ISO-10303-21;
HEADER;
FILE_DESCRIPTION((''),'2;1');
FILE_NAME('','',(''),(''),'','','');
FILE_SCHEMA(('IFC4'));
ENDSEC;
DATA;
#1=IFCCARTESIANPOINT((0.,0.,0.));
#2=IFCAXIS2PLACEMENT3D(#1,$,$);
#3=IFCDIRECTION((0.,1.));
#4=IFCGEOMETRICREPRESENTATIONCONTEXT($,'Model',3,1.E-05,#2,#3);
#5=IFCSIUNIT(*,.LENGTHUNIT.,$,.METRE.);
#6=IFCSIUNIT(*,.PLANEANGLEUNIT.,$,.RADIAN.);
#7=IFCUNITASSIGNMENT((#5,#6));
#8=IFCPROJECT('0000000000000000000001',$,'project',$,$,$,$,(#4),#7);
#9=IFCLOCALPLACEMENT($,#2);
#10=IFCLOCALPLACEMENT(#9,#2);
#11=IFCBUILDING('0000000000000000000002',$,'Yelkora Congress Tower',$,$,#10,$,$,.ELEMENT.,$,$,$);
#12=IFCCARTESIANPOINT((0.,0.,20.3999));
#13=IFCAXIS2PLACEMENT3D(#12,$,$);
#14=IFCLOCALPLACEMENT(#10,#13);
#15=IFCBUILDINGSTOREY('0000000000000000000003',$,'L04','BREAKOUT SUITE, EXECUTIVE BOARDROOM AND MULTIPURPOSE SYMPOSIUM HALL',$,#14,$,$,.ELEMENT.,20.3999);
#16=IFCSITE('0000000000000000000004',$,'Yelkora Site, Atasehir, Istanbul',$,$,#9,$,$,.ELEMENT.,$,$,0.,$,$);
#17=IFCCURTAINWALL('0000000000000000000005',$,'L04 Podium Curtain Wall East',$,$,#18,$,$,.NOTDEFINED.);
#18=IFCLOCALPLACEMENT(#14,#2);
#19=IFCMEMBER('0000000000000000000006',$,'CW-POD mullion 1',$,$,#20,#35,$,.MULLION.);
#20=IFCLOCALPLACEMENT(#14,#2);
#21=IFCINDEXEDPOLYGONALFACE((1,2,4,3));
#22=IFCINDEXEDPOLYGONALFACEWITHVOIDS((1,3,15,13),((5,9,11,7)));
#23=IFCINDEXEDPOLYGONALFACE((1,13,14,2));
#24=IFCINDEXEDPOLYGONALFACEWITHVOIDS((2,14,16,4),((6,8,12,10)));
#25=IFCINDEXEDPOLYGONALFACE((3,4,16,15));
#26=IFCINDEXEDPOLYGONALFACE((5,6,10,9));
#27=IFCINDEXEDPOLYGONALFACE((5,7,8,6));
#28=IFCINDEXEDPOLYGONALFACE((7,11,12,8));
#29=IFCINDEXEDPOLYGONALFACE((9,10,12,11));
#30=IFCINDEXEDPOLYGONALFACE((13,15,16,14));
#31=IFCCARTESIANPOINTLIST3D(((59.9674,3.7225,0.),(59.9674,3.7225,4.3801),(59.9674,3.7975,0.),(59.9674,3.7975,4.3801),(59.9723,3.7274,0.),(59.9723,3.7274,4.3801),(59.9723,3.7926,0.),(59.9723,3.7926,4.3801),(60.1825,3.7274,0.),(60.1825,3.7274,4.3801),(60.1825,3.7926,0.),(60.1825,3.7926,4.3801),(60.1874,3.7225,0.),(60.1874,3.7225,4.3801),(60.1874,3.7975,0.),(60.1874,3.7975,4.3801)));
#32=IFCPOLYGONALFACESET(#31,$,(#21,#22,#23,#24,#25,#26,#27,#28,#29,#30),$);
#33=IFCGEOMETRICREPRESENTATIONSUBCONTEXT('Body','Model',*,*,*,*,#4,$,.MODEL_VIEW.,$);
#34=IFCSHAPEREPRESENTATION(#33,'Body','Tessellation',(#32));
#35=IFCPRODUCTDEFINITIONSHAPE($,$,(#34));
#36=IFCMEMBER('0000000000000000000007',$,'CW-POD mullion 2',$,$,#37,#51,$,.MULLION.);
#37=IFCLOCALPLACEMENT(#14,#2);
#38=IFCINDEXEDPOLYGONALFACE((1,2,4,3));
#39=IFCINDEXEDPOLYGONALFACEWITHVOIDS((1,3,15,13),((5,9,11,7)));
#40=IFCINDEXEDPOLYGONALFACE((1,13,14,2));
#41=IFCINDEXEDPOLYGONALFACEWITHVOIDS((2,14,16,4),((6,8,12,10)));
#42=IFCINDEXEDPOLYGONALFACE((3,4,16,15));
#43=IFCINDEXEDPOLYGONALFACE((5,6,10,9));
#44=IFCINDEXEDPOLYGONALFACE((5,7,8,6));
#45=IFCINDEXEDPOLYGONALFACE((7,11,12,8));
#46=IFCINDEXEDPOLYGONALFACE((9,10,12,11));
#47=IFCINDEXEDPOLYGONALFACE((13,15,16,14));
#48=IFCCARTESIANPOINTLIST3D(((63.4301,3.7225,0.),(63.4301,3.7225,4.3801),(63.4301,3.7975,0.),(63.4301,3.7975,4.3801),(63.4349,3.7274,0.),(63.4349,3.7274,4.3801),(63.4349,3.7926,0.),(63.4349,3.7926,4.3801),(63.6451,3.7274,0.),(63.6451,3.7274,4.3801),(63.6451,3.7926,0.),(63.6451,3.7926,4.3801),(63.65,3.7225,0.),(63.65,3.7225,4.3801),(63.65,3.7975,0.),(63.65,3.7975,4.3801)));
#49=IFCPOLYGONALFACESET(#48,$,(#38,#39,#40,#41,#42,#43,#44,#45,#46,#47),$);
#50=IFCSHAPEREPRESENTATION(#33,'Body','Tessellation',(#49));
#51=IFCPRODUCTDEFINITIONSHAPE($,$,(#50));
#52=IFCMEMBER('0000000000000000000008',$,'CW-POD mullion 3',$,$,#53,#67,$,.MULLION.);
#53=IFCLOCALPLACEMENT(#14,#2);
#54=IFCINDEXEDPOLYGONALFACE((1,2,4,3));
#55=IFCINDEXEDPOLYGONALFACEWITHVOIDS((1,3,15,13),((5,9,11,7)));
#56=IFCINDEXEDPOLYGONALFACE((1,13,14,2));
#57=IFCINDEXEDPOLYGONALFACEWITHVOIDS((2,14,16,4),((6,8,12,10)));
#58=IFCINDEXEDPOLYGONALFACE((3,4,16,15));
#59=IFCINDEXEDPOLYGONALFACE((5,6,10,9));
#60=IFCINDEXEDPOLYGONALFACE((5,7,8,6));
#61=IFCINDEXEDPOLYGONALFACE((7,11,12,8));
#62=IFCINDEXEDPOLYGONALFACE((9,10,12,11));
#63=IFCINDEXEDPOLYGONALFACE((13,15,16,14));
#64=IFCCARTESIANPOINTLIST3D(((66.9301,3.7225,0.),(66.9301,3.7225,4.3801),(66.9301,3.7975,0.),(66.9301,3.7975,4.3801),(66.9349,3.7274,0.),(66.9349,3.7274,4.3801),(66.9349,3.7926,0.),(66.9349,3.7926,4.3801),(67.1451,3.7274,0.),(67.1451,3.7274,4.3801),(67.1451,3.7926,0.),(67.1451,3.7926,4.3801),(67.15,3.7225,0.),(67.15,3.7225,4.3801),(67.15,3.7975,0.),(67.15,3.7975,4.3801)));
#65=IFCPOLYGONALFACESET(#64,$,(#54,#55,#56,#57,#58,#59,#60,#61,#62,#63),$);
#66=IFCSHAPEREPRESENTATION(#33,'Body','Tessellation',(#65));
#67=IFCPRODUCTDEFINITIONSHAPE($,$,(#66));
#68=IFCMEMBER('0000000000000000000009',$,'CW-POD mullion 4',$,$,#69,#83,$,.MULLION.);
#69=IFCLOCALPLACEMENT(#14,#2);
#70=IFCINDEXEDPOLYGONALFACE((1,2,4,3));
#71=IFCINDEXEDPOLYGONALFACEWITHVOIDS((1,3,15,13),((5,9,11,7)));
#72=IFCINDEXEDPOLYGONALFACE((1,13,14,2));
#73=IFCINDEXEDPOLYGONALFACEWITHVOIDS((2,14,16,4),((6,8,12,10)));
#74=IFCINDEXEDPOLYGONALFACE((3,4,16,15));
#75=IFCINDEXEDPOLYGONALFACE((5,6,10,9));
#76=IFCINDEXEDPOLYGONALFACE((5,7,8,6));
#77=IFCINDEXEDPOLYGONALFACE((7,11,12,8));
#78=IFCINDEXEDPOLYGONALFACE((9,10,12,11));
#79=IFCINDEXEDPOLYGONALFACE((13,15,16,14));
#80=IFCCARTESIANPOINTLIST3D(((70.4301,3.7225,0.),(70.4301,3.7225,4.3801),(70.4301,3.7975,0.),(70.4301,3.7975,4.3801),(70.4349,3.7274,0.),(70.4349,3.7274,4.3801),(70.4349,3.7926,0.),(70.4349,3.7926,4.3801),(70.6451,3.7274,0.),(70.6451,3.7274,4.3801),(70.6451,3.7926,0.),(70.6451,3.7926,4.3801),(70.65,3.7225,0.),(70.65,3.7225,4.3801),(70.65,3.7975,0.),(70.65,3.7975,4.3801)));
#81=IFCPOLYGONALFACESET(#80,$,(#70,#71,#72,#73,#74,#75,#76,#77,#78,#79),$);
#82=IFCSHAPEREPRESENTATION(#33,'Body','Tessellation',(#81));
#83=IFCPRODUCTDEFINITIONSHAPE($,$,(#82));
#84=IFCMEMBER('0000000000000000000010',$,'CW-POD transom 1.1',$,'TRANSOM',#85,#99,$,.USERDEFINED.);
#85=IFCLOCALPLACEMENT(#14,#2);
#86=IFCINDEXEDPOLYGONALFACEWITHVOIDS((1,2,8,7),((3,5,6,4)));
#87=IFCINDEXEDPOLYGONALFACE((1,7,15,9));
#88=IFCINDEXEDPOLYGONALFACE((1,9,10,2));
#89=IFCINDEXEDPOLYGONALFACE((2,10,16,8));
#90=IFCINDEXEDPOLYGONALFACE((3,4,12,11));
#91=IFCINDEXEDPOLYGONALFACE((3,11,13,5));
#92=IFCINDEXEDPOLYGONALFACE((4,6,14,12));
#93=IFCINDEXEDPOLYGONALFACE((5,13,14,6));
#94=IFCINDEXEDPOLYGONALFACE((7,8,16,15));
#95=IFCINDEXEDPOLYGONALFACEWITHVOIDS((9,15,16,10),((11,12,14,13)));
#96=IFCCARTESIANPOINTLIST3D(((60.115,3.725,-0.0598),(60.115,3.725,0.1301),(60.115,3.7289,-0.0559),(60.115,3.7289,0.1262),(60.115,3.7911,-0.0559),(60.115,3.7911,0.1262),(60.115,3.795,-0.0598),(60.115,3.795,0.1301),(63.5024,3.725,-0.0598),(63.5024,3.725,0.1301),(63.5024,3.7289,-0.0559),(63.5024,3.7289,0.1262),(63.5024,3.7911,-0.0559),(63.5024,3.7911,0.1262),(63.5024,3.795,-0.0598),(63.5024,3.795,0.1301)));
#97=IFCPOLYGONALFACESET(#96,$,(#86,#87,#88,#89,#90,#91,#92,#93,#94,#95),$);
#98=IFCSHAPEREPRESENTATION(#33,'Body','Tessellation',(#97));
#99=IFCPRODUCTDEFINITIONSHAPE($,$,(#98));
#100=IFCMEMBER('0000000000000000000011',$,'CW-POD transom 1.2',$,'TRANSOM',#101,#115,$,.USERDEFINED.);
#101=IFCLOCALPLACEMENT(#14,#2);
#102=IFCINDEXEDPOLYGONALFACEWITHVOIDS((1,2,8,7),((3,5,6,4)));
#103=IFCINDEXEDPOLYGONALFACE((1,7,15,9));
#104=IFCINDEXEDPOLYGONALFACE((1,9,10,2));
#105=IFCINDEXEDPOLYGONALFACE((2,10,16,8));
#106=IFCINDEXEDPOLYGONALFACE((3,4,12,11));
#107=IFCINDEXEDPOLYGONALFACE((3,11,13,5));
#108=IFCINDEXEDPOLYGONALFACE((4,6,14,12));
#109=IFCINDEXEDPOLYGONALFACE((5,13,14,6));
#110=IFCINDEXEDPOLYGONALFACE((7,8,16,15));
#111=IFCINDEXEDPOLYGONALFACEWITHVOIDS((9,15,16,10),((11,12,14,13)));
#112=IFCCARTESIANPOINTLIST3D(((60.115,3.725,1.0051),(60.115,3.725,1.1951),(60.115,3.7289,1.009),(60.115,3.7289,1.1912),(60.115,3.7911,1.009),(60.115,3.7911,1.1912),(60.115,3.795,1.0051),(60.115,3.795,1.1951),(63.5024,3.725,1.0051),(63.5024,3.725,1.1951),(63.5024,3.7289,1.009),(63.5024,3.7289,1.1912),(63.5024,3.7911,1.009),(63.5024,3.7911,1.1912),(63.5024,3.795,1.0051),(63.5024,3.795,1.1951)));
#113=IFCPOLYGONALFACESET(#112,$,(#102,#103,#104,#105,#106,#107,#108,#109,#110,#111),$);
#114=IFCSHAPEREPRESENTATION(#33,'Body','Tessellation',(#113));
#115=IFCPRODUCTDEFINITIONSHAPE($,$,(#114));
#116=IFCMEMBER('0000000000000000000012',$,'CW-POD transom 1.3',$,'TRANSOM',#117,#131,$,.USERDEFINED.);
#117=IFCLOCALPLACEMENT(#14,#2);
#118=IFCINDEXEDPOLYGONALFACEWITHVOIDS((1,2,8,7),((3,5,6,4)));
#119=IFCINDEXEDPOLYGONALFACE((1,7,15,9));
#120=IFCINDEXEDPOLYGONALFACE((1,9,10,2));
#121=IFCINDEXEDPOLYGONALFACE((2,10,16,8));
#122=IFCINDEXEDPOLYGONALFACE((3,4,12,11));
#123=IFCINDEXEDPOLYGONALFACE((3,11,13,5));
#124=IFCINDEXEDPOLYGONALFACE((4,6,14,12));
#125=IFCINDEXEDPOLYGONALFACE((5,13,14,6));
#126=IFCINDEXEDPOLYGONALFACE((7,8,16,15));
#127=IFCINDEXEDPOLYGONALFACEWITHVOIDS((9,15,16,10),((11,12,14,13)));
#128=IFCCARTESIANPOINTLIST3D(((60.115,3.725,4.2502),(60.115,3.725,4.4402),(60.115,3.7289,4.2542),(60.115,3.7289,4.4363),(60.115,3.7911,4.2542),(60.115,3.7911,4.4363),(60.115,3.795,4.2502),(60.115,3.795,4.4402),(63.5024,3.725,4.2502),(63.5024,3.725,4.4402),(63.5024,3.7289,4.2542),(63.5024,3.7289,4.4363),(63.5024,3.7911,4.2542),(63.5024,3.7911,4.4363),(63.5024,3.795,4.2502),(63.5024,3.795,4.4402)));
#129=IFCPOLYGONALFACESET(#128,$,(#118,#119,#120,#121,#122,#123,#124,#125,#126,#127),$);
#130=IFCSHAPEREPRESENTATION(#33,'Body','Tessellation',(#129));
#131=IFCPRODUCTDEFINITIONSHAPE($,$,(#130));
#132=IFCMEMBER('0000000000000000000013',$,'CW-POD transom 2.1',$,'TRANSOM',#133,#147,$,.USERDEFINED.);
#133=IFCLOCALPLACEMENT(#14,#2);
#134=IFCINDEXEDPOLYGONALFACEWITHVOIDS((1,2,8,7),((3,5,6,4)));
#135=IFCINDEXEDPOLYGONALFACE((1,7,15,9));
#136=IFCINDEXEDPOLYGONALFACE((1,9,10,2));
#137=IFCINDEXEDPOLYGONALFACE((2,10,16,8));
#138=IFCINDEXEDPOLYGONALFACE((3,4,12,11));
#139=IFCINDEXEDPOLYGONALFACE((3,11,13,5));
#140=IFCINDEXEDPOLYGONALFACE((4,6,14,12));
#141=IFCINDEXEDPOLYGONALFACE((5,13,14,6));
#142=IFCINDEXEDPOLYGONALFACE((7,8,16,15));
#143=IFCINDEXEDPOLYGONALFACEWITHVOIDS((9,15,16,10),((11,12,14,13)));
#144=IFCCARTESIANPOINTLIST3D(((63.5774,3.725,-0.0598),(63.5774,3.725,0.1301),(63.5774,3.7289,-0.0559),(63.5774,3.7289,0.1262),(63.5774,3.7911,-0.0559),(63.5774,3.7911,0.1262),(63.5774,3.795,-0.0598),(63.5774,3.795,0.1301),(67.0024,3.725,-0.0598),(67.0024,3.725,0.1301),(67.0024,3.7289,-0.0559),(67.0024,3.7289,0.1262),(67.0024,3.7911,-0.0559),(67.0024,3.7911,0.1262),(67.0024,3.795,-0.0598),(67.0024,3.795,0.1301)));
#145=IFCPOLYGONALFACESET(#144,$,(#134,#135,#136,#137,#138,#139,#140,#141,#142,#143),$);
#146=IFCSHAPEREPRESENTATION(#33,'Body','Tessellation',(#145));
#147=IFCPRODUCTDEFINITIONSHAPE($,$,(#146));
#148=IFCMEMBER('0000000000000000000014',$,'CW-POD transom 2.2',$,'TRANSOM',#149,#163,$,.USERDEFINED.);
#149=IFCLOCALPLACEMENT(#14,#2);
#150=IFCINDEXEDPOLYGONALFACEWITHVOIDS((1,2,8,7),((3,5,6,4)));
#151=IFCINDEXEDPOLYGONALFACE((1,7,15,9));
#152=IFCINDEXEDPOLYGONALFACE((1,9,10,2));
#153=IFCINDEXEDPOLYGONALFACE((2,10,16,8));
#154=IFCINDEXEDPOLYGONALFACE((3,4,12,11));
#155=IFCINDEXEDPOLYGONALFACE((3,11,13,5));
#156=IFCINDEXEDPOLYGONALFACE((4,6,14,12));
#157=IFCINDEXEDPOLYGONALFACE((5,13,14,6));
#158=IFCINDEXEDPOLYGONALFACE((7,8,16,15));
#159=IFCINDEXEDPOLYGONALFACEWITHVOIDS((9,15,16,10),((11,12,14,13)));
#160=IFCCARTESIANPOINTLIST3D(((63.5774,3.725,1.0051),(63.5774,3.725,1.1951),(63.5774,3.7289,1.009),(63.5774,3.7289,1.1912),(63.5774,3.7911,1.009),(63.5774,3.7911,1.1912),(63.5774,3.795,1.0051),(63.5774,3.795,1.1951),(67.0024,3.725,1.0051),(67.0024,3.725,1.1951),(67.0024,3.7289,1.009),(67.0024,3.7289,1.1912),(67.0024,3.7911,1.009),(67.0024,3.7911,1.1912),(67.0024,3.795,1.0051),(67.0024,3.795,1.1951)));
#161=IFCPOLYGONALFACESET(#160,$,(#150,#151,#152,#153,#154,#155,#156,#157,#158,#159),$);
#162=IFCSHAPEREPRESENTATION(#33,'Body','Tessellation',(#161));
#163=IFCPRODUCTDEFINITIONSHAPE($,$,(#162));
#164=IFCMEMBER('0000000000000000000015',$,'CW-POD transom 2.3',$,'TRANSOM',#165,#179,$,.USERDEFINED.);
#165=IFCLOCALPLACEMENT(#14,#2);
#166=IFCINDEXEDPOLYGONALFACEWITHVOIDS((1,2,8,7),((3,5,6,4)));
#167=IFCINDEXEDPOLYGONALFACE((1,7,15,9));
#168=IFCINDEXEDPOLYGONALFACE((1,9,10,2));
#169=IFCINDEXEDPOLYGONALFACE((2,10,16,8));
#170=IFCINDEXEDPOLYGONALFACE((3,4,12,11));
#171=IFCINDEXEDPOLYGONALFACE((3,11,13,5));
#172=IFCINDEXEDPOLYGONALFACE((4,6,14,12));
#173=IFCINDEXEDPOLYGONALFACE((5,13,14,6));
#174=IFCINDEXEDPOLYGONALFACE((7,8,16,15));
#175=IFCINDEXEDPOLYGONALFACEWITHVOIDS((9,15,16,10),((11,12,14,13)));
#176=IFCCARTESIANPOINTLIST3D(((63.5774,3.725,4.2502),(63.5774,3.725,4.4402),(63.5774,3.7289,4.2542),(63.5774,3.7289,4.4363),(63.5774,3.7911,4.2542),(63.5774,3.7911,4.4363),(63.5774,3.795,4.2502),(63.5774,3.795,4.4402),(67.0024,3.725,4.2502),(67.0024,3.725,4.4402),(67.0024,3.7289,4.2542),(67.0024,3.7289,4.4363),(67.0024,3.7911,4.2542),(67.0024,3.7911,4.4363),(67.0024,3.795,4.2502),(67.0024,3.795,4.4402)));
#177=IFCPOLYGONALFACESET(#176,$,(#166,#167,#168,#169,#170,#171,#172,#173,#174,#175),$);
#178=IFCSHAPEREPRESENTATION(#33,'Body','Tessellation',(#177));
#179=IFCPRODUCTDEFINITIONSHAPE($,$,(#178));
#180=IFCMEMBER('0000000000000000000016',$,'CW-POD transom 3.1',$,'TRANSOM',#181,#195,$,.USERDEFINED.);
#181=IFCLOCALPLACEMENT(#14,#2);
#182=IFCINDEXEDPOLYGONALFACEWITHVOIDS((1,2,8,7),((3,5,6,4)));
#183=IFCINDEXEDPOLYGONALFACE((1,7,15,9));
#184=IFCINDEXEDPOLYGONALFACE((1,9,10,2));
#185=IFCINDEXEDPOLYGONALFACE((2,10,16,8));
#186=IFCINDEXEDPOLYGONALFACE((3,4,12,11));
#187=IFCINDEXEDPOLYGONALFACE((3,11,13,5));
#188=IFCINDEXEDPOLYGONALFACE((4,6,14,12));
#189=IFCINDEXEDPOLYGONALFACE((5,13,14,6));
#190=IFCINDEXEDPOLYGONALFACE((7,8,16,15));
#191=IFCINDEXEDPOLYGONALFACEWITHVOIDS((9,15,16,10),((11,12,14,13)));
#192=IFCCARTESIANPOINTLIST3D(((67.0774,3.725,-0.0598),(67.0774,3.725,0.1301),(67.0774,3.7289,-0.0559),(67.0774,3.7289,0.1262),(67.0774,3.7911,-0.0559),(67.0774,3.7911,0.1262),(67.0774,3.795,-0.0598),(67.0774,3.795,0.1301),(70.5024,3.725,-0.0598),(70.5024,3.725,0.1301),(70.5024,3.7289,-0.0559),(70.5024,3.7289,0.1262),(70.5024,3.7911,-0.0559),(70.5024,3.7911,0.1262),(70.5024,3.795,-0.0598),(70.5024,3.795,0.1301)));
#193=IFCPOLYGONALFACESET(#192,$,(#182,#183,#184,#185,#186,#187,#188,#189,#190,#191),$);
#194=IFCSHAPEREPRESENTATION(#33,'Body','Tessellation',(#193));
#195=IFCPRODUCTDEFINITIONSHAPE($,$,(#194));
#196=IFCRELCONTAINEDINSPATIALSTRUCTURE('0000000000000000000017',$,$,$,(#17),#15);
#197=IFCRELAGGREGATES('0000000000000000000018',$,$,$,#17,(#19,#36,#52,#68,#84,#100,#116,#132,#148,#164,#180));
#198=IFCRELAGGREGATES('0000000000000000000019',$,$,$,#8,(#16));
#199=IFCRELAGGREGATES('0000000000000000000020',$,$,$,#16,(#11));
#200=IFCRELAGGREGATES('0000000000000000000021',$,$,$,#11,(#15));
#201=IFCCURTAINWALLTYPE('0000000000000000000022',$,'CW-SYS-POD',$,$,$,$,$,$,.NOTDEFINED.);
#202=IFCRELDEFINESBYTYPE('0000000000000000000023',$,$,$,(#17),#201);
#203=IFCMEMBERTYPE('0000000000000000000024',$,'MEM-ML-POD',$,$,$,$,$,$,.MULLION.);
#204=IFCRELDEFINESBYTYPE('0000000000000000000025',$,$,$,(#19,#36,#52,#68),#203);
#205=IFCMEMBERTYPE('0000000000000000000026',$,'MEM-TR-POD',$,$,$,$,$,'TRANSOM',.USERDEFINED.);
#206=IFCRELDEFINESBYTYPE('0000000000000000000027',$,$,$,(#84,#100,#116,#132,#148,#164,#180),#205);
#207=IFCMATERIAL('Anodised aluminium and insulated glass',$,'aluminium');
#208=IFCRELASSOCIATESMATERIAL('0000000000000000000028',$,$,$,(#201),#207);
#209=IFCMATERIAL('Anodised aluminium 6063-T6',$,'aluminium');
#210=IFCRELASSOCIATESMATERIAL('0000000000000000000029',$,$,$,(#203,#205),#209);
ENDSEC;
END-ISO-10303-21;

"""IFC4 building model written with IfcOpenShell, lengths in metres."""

from ifc_helpers import new_model, si_unit, direction, frame, origin, origin_2d, place, context, subcontext, project, spatial, hollow_rectangle, extrude, material, material_profile, profile_set, type_object, element, aggregate, save


model = new_model("IFC4")

# Units and contexts
model_context = context("Model", 3, precision=1e-05, world=origin(), true_north=direction((0.0, 1.0)))
body_context = subcontext(model_context, "Body", "Model", "MODEL_VIEW")
ifc_project = project(units=[si_unit("LENGTHUNIT", "METRE"), si_unit("PLANEANGLEUNIT", "RADIAN")], contexts=[model_context])

# Site, building, storey
site_placement = place(None, origin())
site = spatial("IfcSite", under=ifc_project, at=site_placement, Name="Yelkora Site, Atasehir, Istanbul", CompositionType="ELEMENT", RefElevation=0.0)
building_placement = place(site_placement, origin())
building = spatial("IfcBuilding", under=site, at=building_placement, Name="Yelkora Congress Tower", CompositionType="ELEMENT")
storey_placement = place(building_placement, frame((0.0, 0.0, 20.3999)))
storey = spatial("IfcBuildingStorey", under=building, at=storey_placement, Name="L04", Description="BREAKOUT SUITE, EXECUTIVE BOARDROOM AND MULTIPURPOSE SYMPOSIUM HALL", CompositionType="ELEMENT", Elevation=20.3999)

# Curtain wall, members
ifc_material_1 = material(Name="Anodised aluminium and insulated glass", Category="aluminium")
curtain_wall_type = type_object("IfcCurtainWallType", Name="CW-SYS-POD", PredefinedType="NOTDEFINED", material=ifc_material_1)
curtain_wall_placement = place(storey_placement, origin())
curtain_wall = element("IfcCurtainWall", 1, at=curtain_wall_placement, inside=storey, type_object=curtain_wall_type, Name="L04 Podium Curtain Wall East", PredefinedType="NOTDEFINED")
ifc_material_2 = material(Name="Anodised aluminium 6063-T6", Category="aluminium")
ifc_material_profile_1 = material_profile(ifc_material_2, hollow_rectangle(XDim=0.075, YDim=0.22, WallThickness=0.0049, at=origin_2d()), Name="ALU 75x220x5")
ifc_profile_set_1 = profile_set([ifc_material_profile_1], Name="Anodised aluminium 6063-T6")
member_type_1 = type_object("IfcMemberType", Name="MEM-ML-POD", PredefinedType="MULLION", material=ifc_profile_set_1)
member_1_placement = place(storey_placement, frame((60.0774, 3.76, 0.0), z_axis=(0.0, 0.0, 1.0), x_axis=(0.0, 1.0, 0.0)))
member_1 = element("IfcMember", 2, at=member_1_placement, type_object=member_type_1, Name="CW-POD mullion 1", PredefinedType="MULLION", context=body_context, shape_type="SweptSolid", body=[
    extrude(hollow_rectangle(XDim=0.075, YDim=0.22, WallThickness=0.0049, at=origin_2d()), origin(), (0.0, 0.0, 1.0), 4.3801),
])
member_2_placement = place(storey_placement, frame((63.54, 3.76, 0.0), z_axis=(0.0, 0.0, 1.0), x_axis=(0.0, 1.0, 0.0)))
member_2 = element("IfcMember", 3, at=member_2_placement, type_object=member_type_1, Name="CW-POD mullion 2", PredefinedType="MULLION", context=body_context, shape_type="SweptSolid", body=[
    extrude(hollow_rectangle(XDim=0.075, YDim=0.22, WallThickness=0.0049, at=origin_2d()), origin(), (0.0, 0.0, 1.0), 4.3801),
])
member_3_placement = place(storey_placement, frame((67.04, 3.76, 0.0), z_axis=(0.0, 0.0, 1.0), x_axis=(0.0, 1.0, 0.0)))
member_3 = element("IfcMember", 4, at=member_3_placement, type_object=member_type_1, Name="CW-POD mullion 3", PredefinedType="MULLION", context=body_context, shape_type="SweptSolid", body=[
    extrude(hollow_rectangle(XDim=0.075, YDim=0.22, WallThickness=0.0049, at=origin_2d()), origin(), (0.0, 0.0, 1.0), 4.3801),
])
member_4_placement = place(storey_placement, frame((70.54, 3.76, 0.0), z_axis=(0.0, 0.0, 1.0), x_axis=(0.0, 1.0, 0.0)))
member_4 = element("IfcMember", 5, at=member_4_placement, type_object=member_type_1, Name="CW-POD mullion 4", PredefinedType="MULLION", context=body_context, shape_type="SweptSolid", body=[
    extrude(hollow_rectangle(XDim=0.075, YDim=0.22, WallThickness=0.0049, at=origin_2d()), origin(), (0.0, 0.0, 1.0), 4.3801),
])
ifc_material_profile_2 = material_profile(ifc_material_2, hollow_rectangle(XDim=0.0701, YDim=0.1899, WallThickness=0.0039, at=origin_2d()), Name="ALU 70x190x4")
ifc_profile_set_2 = profile_set([ifc_material_profile_2], Name="Anodised aluminium 6063-T6")
member_type_2 = type_object("IfcMemberType", Name="MEM-TR-POD", ElementType="TRANSOM", PredefinedType="USERDEFINED", material=ifc_profile_set_2)
member_5_placement = place(storey_placement, frame((60.115, 3.76, 0.0352), z_axis=(1.0, 0.0, 0.0), x_axis=(0.0, 1.0, 0.0)))
member_5 = element("IfcMember", 6, at=member_5_placement, type_object=member_type_2, Name="CW-POD transom 1.1", ObjectType="TRANSOM", PredefinedType="USERDEFINED", context=body_context, shape_type="SweptSolid", body=[
    extrude(hollow_rectangle(XDim=0.0701, YDim=0.1899, WallThickness=0.0039, at=origin_2d()), origin(), (0.0, 0.0, 1.0), 3.3875),
])
member_6_placement = place(storey_placement, frame((60.115, 3.76, 1.1001), z_axis=(1.0, 0.0, 0.0), x_axis=(0.0, 1.0, 0.0)))
member_6 = element("IfcMember", 7, at=member_6_placement, type_object=member_type_2, Name="CW-POD transom 1.2", ObjectType="TRANSOM", PredefinedType="USERDEFINED", context=body_context, shape_type="SweptSolid", body=[
    extrude(hollow_rectangle(XDim=0.0701, YDim=0.1899, WallThickness=0.0039, at=origin_2d()), origin(), (0.0, 0.0, 1.0), 3.3875),
])
member_7_placement = place(storey_placement, frame((60.115, 3.76, 4.3452), z_axis=(1.0, 0.0, 0.0), x_axis=(0.0, 1.0, 0.0)))
member_7 = element("IfcMember", 8, at=member_7_placement, type_object=member_type_2, Name="CW-POD transom 1.3", ObjectType="TRANSOM", PredefinedType="USERDEFINED", context=body_context, shape_type="SweptSolid", body=[
    extrude(hollow_rectangle(XDim=0.0701, YDim=0.1899, WallThickness=0.0039, at=origin_2d()), origin(), (0.0, 0.0, 1.0), 3.3875),
])
member_8_placement = place(storey_placement, frame((63.5774, 3.76, 0.0352), z_axis=(1.0, 0.0, 0.0), x_axis=(0.0, 1.0, 0.0)))
member_8 = element("IfcMember", 9, at=member_8_placement, type_object=member_type_2, Name="CW-POD transom 2.1", ObjectType="TRANSOM", PredefinedType="USERDEFINED", context=body_context, shape_type="SweptSolid", body=[
    extrude(hollow_rectangle(XDim=0.0701, YDim=0.1899, WallThickness=0.0039, at=origin_2d()), origin(), (0.0, 0.0, 1.0), 3.425),
])
member_9_placement = place(storey_placement, frame((63.5774, 3.76, 1.1001), z_axis=(1.0, 0.0, 0.0), x_axis=(0.0, 1.0, 0.0)))
member_9 = element("IfcMember", 10, at=member_9_placement, type_object=member_type_2, Name="CW-POD transom 2.2", ObjectType="TRANSOM", PredefinedType="USERDEFINED", context=body_context, shape_type="SweptSolid", body=[
    extrude(hollow_rectangle(XDim=0.0701, YDim=0.1899, WallThickness=0.0039, at=origin_2d()), origin(), (0.0, 0.0, 1.0), 3.425),
])
member_10_placement = place(storey_placement, frame((63.5774, 3.76, 4.3452), z_axis=(1.0, 0.0, 0.0), x_axis=(0.0, 1.0, 0.0)))
member_10 = element("IfcMember", 11, at=member_10_placement, type_object=member_type_2, Name="CW-POD transom 2.3", ObjectType="TRANSOM", PredefinedType="USERDEFINED", context=body_context, shape_type="SweptSolid", body=[
    extrude(hollow_rectangle(XDim=0.0701, YDim=0.1899, WallThickness=0.0039, at=origin_2d()), origin(), (0.0, 0.0, 1.0), 3.425),
])
member_11_placement = place(storey_placement, frame((67.0774, 3.76, 0.0352), z_axis=(1.0, 0.0, 0.0), x_axis=(0.0, 1.0, 0.0)))
member_11 = element("IfcMember", 12, at=member_11_placement, type_object=member_type_2, Name="CW-POD transom 3.1", ObjectType="TRANSOM", PredefinedType="USERDEFINED", context=body_context, shape_type="SweptSolid", body=[
    extrude(hollow_rectangle(XDim=0.0701, YDim=0.1899, WallThickness=0.0039, at=origin_2d()), origin(), (0.0, 0.0, 1.0), 3.425),
])
aggregate(curtain_wall, [member_1, member_2, member_3, member_4, member_5, member_6, member_7, member_8, member_9, member_10, member_11])

save(model, "model.ifc")
